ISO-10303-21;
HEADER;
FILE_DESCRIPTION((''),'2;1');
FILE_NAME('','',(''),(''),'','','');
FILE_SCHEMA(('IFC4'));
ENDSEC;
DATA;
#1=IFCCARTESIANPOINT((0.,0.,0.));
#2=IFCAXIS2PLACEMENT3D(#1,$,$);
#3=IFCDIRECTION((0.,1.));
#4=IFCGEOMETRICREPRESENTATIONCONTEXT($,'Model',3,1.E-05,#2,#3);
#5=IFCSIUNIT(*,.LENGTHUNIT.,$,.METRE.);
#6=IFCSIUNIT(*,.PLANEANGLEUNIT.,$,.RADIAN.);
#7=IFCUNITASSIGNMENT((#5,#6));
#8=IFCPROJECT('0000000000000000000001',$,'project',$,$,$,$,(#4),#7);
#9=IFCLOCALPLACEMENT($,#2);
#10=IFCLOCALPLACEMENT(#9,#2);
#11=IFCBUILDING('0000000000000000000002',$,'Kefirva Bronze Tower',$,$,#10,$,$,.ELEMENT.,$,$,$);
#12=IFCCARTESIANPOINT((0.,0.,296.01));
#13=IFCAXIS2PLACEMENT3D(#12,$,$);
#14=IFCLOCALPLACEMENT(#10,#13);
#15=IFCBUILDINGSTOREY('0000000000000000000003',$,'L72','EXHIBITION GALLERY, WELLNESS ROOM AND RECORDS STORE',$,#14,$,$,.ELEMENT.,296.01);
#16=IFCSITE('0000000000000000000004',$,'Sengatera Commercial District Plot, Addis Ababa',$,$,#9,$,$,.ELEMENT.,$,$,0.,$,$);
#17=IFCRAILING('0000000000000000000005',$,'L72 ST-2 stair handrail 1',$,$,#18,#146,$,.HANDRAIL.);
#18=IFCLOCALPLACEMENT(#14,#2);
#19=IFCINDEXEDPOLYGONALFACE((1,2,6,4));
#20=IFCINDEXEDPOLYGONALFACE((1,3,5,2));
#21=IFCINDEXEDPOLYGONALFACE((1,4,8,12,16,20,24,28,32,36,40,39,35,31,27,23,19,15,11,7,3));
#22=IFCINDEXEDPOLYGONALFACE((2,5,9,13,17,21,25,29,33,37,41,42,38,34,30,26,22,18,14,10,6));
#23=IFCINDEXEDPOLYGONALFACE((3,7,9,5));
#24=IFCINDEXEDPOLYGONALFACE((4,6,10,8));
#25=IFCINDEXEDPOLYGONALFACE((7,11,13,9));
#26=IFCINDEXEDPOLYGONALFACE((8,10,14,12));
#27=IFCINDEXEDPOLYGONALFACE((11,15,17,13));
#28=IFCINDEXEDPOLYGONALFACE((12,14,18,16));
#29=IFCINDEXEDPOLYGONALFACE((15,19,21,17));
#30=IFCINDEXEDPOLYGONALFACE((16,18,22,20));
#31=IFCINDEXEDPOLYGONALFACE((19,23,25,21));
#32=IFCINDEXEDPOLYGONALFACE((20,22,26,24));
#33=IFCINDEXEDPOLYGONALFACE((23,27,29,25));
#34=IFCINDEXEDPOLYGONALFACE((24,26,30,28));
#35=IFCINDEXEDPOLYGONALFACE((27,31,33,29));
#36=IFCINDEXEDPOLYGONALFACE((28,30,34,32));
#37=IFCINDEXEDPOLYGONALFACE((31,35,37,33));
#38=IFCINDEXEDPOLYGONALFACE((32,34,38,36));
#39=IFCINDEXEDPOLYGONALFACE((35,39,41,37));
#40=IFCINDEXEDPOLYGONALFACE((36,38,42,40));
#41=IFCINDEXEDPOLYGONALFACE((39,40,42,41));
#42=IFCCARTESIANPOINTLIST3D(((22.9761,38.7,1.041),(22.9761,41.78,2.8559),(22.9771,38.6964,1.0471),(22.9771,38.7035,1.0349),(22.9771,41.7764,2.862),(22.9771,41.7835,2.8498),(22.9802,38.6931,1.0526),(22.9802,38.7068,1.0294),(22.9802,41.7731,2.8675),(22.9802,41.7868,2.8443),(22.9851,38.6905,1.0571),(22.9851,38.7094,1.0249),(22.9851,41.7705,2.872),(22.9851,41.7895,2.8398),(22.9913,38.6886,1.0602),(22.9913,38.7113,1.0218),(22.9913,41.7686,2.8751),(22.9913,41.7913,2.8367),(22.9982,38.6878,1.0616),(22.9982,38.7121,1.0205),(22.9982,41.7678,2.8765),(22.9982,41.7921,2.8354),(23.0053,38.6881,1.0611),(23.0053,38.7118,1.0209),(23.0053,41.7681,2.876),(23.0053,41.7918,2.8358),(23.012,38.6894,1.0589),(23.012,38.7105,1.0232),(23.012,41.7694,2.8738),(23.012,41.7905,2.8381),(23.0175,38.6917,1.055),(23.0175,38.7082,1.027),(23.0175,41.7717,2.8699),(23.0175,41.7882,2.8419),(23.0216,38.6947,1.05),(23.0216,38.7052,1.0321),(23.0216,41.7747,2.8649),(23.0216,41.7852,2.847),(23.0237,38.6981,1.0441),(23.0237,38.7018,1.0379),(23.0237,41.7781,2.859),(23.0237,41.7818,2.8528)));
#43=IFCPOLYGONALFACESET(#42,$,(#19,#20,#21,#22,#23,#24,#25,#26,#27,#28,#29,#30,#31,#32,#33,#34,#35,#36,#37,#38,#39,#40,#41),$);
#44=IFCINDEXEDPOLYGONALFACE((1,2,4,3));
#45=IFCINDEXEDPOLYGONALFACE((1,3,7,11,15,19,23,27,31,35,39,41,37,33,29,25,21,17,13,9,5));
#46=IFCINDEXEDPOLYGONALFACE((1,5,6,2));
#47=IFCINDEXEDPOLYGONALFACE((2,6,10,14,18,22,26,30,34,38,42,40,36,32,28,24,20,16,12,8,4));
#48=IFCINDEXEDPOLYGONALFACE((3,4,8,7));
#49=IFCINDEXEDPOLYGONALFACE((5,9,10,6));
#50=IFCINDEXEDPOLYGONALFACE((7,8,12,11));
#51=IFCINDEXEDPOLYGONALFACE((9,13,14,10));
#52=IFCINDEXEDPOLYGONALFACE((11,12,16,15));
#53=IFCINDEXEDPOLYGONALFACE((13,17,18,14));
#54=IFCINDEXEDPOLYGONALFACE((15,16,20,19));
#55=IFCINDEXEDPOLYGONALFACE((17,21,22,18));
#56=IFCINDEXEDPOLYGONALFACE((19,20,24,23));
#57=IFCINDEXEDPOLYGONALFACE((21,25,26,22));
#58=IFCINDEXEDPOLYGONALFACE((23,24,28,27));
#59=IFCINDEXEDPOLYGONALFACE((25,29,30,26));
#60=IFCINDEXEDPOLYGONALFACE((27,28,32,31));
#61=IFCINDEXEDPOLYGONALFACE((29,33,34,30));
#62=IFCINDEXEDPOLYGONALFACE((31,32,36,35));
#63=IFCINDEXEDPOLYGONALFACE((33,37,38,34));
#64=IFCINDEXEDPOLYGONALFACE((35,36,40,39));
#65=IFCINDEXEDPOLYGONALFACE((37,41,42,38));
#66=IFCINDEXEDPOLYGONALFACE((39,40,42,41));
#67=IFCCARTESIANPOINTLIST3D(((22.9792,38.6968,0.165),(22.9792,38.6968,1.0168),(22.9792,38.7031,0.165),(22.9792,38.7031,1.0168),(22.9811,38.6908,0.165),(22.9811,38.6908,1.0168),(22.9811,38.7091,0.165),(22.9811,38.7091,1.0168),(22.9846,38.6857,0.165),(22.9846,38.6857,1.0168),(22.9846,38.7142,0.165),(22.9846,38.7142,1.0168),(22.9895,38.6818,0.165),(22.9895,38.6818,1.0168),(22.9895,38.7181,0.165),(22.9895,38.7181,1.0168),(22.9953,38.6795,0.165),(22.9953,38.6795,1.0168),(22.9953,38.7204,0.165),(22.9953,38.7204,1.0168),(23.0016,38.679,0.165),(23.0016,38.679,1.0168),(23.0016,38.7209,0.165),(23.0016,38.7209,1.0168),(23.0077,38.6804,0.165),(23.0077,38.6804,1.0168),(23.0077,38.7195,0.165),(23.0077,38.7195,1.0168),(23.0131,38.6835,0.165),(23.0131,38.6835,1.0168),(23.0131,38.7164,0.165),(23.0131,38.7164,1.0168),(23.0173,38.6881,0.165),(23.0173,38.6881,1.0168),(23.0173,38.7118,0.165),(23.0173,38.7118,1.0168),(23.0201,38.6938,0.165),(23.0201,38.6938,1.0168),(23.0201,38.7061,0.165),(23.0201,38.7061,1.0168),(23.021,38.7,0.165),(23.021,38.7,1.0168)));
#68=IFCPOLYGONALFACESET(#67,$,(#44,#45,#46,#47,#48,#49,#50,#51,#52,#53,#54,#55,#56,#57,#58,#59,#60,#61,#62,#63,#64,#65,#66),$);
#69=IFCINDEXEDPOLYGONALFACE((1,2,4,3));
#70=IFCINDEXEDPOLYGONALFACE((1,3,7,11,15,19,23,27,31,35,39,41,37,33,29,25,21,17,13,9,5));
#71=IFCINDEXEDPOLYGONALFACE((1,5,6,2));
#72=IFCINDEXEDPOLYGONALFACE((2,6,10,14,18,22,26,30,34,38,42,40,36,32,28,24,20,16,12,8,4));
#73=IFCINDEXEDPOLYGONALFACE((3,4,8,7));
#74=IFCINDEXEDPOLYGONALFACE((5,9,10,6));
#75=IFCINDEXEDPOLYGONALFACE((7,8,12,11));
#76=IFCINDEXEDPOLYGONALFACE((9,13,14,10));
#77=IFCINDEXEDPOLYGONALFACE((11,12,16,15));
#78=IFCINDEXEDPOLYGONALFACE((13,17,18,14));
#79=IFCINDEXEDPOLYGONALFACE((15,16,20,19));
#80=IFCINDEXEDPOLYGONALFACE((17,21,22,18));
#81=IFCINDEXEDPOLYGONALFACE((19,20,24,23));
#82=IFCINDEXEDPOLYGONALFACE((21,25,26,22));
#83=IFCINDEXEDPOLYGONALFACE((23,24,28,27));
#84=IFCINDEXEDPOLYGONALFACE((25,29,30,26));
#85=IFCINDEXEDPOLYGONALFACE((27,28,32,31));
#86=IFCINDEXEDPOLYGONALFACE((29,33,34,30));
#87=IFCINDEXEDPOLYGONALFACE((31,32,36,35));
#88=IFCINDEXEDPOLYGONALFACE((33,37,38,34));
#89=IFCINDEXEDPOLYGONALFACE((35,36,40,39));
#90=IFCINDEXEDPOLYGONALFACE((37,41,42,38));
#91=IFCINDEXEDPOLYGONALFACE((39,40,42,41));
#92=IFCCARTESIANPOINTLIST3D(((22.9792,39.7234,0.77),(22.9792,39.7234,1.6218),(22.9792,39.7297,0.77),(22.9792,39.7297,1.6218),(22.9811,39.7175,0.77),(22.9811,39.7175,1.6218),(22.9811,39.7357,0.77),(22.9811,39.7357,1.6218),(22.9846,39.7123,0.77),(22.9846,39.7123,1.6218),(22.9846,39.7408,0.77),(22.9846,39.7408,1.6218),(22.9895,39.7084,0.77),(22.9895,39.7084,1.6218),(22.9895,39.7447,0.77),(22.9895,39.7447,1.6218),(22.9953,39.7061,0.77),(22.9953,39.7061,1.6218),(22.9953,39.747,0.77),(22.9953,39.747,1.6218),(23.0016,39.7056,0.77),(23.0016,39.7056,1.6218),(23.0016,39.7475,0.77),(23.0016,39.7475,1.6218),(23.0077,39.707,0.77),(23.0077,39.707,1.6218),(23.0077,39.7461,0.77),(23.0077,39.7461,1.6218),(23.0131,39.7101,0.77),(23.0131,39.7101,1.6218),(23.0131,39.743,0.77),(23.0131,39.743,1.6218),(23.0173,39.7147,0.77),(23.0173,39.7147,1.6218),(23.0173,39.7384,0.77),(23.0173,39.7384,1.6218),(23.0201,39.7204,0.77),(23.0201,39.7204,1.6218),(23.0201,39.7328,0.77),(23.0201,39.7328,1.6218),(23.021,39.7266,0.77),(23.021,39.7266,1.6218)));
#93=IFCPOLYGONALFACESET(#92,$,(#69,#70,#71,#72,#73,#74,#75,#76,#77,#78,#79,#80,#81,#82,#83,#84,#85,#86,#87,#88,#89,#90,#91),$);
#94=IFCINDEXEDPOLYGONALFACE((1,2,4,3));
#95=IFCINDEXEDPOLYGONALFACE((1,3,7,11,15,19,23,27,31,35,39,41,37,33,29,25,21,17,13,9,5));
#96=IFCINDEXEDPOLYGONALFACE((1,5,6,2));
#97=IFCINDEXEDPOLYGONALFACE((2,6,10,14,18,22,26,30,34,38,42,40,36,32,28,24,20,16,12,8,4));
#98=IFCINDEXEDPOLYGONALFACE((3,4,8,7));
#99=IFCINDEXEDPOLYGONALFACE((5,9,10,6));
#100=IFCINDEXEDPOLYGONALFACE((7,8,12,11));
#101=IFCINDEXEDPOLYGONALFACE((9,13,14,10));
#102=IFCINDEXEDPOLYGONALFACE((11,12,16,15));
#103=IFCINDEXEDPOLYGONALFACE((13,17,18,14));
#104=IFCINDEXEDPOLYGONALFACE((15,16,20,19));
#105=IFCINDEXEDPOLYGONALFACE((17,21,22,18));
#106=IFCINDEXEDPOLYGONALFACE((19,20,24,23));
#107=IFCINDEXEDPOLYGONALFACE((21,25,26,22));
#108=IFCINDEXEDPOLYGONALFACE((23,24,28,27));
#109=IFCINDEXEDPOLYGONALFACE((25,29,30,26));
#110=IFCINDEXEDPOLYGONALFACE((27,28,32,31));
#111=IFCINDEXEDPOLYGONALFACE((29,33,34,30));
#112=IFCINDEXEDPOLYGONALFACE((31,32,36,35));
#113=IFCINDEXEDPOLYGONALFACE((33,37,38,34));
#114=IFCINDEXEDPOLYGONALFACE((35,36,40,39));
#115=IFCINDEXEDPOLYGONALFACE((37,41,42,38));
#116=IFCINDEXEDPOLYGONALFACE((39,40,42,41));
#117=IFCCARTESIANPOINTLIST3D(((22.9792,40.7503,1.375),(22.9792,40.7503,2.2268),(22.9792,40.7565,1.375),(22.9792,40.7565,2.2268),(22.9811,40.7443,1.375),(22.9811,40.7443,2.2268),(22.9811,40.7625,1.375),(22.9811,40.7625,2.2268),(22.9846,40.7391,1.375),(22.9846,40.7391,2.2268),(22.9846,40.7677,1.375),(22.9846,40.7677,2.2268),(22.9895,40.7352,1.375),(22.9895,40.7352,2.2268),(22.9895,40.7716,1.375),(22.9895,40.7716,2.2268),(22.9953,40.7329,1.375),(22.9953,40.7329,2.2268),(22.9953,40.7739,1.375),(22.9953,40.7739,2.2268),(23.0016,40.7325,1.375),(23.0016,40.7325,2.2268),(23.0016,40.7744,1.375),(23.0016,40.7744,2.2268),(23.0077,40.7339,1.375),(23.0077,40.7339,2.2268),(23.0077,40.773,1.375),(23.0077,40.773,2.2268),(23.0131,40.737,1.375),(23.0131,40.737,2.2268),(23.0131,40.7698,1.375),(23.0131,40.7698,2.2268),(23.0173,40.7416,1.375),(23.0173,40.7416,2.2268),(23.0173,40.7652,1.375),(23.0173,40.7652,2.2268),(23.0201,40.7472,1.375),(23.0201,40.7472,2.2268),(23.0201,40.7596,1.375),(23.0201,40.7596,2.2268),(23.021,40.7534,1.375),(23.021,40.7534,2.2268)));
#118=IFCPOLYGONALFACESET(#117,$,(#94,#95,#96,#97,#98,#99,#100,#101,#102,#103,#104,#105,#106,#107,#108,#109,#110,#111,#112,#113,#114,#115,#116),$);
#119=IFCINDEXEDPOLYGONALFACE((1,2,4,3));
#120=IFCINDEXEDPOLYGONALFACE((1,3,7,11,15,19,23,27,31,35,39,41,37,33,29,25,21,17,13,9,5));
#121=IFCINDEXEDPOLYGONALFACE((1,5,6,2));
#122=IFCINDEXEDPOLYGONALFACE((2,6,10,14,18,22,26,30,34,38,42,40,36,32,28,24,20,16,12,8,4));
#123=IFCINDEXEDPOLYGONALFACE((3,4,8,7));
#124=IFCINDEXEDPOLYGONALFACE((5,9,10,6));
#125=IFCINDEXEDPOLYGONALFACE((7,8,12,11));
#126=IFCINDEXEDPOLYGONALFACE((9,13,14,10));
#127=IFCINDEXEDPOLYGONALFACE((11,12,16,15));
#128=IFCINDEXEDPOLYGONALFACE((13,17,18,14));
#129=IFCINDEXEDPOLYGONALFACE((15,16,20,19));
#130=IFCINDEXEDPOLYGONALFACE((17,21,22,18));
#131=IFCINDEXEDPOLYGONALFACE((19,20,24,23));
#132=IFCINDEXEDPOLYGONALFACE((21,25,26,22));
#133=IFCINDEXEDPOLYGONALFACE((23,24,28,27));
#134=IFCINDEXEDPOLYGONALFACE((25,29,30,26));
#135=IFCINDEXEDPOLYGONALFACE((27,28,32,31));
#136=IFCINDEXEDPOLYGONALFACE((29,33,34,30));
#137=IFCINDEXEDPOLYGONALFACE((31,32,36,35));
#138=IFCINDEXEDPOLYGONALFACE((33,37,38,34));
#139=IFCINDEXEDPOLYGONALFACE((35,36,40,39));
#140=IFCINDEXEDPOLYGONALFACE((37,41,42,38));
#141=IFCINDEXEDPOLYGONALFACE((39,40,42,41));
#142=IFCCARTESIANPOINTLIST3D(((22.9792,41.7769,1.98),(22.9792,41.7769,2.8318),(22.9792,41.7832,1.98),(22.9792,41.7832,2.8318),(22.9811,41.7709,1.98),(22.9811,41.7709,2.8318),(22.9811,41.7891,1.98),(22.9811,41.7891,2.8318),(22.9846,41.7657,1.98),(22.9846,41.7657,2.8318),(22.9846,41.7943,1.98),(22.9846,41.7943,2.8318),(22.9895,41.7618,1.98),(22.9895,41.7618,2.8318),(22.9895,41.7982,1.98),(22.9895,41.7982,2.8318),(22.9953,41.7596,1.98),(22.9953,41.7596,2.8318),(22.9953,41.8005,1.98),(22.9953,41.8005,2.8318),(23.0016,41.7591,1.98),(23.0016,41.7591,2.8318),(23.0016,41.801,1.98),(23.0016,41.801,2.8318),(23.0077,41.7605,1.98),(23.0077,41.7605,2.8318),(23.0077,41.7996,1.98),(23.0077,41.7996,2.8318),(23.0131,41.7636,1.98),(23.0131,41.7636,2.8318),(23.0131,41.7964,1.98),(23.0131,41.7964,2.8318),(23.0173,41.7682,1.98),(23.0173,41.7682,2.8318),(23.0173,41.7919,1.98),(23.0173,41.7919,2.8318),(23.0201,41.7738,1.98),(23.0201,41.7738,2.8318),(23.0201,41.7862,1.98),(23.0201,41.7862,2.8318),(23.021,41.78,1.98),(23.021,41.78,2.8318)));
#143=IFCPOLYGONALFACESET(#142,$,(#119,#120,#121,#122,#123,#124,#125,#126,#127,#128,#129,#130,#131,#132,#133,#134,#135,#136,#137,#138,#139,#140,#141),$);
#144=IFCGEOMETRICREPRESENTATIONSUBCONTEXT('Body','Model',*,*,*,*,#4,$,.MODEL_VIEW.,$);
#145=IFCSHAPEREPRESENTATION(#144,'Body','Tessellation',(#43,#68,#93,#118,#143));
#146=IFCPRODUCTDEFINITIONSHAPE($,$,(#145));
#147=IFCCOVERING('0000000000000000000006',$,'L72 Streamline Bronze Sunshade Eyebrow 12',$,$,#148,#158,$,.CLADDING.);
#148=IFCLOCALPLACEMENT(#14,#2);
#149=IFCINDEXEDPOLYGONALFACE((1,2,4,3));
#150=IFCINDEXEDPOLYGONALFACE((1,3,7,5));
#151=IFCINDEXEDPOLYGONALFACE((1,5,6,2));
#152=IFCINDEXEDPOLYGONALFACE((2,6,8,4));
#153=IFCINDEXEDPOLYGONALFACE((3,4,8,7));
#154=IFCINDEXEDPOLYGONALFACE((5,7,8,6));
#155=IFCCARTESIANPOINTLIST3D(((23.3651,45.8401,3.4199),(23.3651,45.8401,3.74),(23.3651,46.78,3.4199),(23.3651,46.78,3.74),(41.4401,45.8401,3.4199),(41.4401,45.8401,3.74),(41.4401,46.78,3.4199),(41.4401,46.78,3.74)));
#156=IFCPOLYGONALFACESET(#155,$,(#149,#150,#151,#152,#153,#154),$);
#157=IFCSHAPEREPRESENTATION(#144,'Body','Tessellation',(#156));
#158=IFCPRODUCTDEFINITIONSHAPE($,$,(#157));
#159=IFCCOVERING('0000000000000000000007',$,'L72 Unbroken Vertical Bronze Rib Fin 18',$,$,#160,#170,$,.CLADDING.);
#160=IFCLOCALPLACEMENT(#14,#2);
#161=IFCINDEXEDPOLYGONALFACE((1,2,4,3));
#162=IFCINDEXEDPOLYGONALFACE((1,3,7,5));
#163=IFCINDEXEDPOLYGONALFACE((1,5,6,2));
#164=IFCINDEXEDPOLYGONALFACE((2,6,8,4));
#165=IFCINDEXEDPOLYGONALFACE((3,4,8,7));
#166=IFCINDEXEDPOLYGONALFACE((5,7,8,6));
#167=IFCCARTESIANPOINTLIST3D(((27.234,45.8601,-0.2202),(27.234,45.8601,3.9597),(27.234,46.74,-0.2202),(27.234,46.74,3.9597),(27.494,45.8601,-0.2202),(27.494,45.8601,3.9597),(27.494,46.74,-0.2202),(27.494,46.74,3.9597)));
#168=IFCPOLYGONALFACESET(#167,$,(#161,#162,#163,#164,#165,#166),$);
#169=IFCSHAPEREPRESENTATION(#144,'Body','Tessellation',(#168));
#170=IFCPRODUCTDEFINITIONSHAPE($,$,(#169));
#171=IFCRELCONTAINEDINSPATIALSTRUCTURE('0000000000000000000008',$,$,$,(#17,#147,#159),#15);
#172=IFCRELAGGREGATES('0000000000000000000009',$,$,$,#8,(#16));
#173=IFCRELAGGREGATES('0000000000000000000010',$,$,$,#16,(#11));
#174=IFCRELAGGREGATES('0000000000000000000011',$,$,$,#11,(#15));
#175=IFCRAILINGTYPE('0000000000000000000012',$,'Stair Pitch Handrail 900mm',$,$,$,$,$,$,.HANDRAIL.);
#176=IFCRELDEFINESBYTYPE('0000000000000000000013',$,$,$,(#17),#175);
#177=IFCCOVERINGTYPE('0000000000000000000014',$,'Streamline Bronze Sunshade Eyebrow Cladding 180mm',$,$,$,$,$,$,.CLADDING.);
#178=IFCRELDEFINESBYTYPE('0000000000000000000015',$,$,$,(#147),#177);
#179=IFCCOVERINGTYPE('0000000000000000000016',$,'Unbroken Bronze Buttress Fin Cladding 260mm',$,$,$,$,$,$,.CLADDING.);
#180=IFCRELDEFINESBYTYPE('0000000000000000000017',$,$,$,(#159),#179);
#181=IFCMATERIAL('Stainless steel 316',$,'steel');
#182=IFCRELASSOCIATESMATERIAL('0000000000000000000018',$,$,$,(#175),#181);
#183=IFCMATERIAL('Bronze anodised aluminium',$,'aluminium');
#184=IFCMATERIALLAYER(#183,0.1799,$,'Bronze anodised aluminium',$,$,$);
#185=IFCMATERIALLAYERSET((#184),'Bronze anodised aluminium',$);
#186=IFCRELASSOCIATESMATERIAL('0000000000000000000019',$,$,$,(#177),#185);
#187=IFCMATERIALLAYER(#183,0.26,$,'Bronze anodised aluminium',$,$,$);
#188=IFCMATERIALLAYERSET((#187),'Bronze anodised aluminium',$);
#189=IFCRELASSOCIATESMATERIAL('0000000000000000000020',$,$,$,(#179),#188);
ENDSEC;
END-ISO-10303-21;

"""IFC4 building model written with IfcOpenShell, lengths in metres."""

from ifc_helpers import new_model, si_unit, direction, frame, origin, origin_2d, place, context, subcontext, project, spatial, rectangle, circle, extrude, material, layer, layer_set, type_object, element, save


model = new_model("IFC4")

# Units and contexts
model_context = context("Model", 3, precision=1e-05, world=origin(), true_north=direction((0.0, 1.0)))
body_context = subcontext(model_context, "Body", "Model", "MODEL_VIEW")
ifc_project = project(units=[si_unit("LENGTHUNIT", "METRE"), si_unit("PLANEANGLEUNIT", "RADIAN")], contexts=[model_context])

# Site, building, storey
site_placement = place(None, origin())
site = spatial("IfcSite", under=ifc_project, at=site_placement, Name="Sengatera Commercial District Plot, Addis Ababa", CompositionType="ELEMENT", RefElevation=0.0)
building_placement = place(site_placement, origin())
building = spatial("IfcBuilding", under=site, at=building_placement, Name="Kefirva Bronze Tower", CompositionType="ELEMENT")
storey_placement = place(building_placement, frame((0.0, 0.0, 296.01)))
storey = spatial("IfcBuildingStorey", under=building, at=storey_placement, Name="L72", Description="EXHIBITION GALLERY, WELLNESS ROOM AND RECORDS STORE", CompositionType="ELEMENT", Elevation=296.01)

# Shared definitions
ifc_material_1 = material(Name="Bronze anodised aluminium", Category="aluminium")

# Railing
ifc_material_2 = material(Name="Stainless steel 316", Category="steel")
railing_type_1 = type_object("IfcRailingType", Name="Stair Pitch Handrail 900mm", PredefinedType="HANDRAIL", material=ifc_material_2)
railing_1_placement = place(storey_placement, frame((23.0, 38.7, 0.165)))
element("IfcRailing", 1, at=railing_1_placement, inside=storey, type_object=railing_type_1, Name="L72 ST-2 stair handrail 1", PredefinedType="HANDRAIL", context=body_context, shape_type="SweptSolid", body=[
    extrude(circle(Radius=0.0239, at=origin_2d()), frame((0.0, 0.0, 0.876), z_axis=(0.0, 0.861551, 0.507671), x_axis=(-1.0, 0.0, 0.0)), (0.0, 0.0, 1.0), 3.575),
    extrude(circle(Radius=0.021, at=origin_2d()), origin(), (0.0, 0.0, 1.0), 0.8518),
    extrude(circle(Radius=0.021, at=origin_2d()), frame((0.0, 1.0266, 0.605)), (0.0, 0.0, 1.0), 0.8518),
    extrude(circle(Radius=0.021, at=origin_2d()), frame((0.0, 2.0535, 1.21)), (0.0, 0.0, 1.0), 0.8518),
    extrude(circle(Radius=0.021, at=origin_2d()), frame((0.0, 3.0801, 1.8149)), (0.0, 0.0, 1.0), 0.8518),
])

# Coverings
ifc_layer_1 = layer(ifc_material_1, 0.1799, Name="Bronze anodised aluminium")
ifc_layer_set_1 = layer_set([ifc_layer_1], Name="Bronze anodised aluminium")
covering_type_1 = type_object("IfcCoveringType", Name="Streamline Bronze Sunshade Eyebrow Cladding 180mm", PredefinedType="CLADDING", material=ifc_layer_set_1)
covering_1_placement = place(storey_placement, frame((32.4026, 46.3101, 3.4199), z_axis=(0.0, 0.0, 1.0), x_axis=(-1.0, 0.0, 0.0)))
element("IfcCovering", 2, at=covering_1_placement, inside=storey, type_object=covering_type_1, Name="L72 Streamline Bronze Sunshade Eyebrow 12", PredefinedType="CLADDING", context=body_context, shape_type="SweptSolid", body=[
    extrude(rectangle(XDim=18.075, YDim=0.9399, at=origin_2d()), origin(), (0.0, 0.0, 1.0), 0.3201),
])
ifc_layer_2 = layer(ifc_material_1, 0.26, Name="Bronze anodised aluminium")
ifc_layer_set_2 = layer_set([ifc_layer_2], Name="Bronze anodised aluminium")
covering_type_2 = type_object("IfcCoveringType", Name="Unbroken Bronze Buttress Fin Cladding 260mm", PredefinedType="CLADDING", material=ifc_layer_set_2)
covering_2_placement = place(storey_placement, frame((27.364, 46.3, -0.2202), z_axis=(0.0, 0.0, 1.0), x_axis=(-1.0, 0.0, 0.0)))
element("IfcCovering", 3, at=covering_2_placement, inside=storey, type_object=covering_type_2, Name="L72 Unbroken Vertical Bronze Rib Fin 18", PredefinedType="CLADDING", context=body_context, shape_type="SweptSolid", body=[
    extrude(rectangle(XDim=0.26, YDim=0.8799, at=origin_2d()), origin(), (0.0, 0.0, 1.0), 4.1799),
])

save(model, "model.ifc")
